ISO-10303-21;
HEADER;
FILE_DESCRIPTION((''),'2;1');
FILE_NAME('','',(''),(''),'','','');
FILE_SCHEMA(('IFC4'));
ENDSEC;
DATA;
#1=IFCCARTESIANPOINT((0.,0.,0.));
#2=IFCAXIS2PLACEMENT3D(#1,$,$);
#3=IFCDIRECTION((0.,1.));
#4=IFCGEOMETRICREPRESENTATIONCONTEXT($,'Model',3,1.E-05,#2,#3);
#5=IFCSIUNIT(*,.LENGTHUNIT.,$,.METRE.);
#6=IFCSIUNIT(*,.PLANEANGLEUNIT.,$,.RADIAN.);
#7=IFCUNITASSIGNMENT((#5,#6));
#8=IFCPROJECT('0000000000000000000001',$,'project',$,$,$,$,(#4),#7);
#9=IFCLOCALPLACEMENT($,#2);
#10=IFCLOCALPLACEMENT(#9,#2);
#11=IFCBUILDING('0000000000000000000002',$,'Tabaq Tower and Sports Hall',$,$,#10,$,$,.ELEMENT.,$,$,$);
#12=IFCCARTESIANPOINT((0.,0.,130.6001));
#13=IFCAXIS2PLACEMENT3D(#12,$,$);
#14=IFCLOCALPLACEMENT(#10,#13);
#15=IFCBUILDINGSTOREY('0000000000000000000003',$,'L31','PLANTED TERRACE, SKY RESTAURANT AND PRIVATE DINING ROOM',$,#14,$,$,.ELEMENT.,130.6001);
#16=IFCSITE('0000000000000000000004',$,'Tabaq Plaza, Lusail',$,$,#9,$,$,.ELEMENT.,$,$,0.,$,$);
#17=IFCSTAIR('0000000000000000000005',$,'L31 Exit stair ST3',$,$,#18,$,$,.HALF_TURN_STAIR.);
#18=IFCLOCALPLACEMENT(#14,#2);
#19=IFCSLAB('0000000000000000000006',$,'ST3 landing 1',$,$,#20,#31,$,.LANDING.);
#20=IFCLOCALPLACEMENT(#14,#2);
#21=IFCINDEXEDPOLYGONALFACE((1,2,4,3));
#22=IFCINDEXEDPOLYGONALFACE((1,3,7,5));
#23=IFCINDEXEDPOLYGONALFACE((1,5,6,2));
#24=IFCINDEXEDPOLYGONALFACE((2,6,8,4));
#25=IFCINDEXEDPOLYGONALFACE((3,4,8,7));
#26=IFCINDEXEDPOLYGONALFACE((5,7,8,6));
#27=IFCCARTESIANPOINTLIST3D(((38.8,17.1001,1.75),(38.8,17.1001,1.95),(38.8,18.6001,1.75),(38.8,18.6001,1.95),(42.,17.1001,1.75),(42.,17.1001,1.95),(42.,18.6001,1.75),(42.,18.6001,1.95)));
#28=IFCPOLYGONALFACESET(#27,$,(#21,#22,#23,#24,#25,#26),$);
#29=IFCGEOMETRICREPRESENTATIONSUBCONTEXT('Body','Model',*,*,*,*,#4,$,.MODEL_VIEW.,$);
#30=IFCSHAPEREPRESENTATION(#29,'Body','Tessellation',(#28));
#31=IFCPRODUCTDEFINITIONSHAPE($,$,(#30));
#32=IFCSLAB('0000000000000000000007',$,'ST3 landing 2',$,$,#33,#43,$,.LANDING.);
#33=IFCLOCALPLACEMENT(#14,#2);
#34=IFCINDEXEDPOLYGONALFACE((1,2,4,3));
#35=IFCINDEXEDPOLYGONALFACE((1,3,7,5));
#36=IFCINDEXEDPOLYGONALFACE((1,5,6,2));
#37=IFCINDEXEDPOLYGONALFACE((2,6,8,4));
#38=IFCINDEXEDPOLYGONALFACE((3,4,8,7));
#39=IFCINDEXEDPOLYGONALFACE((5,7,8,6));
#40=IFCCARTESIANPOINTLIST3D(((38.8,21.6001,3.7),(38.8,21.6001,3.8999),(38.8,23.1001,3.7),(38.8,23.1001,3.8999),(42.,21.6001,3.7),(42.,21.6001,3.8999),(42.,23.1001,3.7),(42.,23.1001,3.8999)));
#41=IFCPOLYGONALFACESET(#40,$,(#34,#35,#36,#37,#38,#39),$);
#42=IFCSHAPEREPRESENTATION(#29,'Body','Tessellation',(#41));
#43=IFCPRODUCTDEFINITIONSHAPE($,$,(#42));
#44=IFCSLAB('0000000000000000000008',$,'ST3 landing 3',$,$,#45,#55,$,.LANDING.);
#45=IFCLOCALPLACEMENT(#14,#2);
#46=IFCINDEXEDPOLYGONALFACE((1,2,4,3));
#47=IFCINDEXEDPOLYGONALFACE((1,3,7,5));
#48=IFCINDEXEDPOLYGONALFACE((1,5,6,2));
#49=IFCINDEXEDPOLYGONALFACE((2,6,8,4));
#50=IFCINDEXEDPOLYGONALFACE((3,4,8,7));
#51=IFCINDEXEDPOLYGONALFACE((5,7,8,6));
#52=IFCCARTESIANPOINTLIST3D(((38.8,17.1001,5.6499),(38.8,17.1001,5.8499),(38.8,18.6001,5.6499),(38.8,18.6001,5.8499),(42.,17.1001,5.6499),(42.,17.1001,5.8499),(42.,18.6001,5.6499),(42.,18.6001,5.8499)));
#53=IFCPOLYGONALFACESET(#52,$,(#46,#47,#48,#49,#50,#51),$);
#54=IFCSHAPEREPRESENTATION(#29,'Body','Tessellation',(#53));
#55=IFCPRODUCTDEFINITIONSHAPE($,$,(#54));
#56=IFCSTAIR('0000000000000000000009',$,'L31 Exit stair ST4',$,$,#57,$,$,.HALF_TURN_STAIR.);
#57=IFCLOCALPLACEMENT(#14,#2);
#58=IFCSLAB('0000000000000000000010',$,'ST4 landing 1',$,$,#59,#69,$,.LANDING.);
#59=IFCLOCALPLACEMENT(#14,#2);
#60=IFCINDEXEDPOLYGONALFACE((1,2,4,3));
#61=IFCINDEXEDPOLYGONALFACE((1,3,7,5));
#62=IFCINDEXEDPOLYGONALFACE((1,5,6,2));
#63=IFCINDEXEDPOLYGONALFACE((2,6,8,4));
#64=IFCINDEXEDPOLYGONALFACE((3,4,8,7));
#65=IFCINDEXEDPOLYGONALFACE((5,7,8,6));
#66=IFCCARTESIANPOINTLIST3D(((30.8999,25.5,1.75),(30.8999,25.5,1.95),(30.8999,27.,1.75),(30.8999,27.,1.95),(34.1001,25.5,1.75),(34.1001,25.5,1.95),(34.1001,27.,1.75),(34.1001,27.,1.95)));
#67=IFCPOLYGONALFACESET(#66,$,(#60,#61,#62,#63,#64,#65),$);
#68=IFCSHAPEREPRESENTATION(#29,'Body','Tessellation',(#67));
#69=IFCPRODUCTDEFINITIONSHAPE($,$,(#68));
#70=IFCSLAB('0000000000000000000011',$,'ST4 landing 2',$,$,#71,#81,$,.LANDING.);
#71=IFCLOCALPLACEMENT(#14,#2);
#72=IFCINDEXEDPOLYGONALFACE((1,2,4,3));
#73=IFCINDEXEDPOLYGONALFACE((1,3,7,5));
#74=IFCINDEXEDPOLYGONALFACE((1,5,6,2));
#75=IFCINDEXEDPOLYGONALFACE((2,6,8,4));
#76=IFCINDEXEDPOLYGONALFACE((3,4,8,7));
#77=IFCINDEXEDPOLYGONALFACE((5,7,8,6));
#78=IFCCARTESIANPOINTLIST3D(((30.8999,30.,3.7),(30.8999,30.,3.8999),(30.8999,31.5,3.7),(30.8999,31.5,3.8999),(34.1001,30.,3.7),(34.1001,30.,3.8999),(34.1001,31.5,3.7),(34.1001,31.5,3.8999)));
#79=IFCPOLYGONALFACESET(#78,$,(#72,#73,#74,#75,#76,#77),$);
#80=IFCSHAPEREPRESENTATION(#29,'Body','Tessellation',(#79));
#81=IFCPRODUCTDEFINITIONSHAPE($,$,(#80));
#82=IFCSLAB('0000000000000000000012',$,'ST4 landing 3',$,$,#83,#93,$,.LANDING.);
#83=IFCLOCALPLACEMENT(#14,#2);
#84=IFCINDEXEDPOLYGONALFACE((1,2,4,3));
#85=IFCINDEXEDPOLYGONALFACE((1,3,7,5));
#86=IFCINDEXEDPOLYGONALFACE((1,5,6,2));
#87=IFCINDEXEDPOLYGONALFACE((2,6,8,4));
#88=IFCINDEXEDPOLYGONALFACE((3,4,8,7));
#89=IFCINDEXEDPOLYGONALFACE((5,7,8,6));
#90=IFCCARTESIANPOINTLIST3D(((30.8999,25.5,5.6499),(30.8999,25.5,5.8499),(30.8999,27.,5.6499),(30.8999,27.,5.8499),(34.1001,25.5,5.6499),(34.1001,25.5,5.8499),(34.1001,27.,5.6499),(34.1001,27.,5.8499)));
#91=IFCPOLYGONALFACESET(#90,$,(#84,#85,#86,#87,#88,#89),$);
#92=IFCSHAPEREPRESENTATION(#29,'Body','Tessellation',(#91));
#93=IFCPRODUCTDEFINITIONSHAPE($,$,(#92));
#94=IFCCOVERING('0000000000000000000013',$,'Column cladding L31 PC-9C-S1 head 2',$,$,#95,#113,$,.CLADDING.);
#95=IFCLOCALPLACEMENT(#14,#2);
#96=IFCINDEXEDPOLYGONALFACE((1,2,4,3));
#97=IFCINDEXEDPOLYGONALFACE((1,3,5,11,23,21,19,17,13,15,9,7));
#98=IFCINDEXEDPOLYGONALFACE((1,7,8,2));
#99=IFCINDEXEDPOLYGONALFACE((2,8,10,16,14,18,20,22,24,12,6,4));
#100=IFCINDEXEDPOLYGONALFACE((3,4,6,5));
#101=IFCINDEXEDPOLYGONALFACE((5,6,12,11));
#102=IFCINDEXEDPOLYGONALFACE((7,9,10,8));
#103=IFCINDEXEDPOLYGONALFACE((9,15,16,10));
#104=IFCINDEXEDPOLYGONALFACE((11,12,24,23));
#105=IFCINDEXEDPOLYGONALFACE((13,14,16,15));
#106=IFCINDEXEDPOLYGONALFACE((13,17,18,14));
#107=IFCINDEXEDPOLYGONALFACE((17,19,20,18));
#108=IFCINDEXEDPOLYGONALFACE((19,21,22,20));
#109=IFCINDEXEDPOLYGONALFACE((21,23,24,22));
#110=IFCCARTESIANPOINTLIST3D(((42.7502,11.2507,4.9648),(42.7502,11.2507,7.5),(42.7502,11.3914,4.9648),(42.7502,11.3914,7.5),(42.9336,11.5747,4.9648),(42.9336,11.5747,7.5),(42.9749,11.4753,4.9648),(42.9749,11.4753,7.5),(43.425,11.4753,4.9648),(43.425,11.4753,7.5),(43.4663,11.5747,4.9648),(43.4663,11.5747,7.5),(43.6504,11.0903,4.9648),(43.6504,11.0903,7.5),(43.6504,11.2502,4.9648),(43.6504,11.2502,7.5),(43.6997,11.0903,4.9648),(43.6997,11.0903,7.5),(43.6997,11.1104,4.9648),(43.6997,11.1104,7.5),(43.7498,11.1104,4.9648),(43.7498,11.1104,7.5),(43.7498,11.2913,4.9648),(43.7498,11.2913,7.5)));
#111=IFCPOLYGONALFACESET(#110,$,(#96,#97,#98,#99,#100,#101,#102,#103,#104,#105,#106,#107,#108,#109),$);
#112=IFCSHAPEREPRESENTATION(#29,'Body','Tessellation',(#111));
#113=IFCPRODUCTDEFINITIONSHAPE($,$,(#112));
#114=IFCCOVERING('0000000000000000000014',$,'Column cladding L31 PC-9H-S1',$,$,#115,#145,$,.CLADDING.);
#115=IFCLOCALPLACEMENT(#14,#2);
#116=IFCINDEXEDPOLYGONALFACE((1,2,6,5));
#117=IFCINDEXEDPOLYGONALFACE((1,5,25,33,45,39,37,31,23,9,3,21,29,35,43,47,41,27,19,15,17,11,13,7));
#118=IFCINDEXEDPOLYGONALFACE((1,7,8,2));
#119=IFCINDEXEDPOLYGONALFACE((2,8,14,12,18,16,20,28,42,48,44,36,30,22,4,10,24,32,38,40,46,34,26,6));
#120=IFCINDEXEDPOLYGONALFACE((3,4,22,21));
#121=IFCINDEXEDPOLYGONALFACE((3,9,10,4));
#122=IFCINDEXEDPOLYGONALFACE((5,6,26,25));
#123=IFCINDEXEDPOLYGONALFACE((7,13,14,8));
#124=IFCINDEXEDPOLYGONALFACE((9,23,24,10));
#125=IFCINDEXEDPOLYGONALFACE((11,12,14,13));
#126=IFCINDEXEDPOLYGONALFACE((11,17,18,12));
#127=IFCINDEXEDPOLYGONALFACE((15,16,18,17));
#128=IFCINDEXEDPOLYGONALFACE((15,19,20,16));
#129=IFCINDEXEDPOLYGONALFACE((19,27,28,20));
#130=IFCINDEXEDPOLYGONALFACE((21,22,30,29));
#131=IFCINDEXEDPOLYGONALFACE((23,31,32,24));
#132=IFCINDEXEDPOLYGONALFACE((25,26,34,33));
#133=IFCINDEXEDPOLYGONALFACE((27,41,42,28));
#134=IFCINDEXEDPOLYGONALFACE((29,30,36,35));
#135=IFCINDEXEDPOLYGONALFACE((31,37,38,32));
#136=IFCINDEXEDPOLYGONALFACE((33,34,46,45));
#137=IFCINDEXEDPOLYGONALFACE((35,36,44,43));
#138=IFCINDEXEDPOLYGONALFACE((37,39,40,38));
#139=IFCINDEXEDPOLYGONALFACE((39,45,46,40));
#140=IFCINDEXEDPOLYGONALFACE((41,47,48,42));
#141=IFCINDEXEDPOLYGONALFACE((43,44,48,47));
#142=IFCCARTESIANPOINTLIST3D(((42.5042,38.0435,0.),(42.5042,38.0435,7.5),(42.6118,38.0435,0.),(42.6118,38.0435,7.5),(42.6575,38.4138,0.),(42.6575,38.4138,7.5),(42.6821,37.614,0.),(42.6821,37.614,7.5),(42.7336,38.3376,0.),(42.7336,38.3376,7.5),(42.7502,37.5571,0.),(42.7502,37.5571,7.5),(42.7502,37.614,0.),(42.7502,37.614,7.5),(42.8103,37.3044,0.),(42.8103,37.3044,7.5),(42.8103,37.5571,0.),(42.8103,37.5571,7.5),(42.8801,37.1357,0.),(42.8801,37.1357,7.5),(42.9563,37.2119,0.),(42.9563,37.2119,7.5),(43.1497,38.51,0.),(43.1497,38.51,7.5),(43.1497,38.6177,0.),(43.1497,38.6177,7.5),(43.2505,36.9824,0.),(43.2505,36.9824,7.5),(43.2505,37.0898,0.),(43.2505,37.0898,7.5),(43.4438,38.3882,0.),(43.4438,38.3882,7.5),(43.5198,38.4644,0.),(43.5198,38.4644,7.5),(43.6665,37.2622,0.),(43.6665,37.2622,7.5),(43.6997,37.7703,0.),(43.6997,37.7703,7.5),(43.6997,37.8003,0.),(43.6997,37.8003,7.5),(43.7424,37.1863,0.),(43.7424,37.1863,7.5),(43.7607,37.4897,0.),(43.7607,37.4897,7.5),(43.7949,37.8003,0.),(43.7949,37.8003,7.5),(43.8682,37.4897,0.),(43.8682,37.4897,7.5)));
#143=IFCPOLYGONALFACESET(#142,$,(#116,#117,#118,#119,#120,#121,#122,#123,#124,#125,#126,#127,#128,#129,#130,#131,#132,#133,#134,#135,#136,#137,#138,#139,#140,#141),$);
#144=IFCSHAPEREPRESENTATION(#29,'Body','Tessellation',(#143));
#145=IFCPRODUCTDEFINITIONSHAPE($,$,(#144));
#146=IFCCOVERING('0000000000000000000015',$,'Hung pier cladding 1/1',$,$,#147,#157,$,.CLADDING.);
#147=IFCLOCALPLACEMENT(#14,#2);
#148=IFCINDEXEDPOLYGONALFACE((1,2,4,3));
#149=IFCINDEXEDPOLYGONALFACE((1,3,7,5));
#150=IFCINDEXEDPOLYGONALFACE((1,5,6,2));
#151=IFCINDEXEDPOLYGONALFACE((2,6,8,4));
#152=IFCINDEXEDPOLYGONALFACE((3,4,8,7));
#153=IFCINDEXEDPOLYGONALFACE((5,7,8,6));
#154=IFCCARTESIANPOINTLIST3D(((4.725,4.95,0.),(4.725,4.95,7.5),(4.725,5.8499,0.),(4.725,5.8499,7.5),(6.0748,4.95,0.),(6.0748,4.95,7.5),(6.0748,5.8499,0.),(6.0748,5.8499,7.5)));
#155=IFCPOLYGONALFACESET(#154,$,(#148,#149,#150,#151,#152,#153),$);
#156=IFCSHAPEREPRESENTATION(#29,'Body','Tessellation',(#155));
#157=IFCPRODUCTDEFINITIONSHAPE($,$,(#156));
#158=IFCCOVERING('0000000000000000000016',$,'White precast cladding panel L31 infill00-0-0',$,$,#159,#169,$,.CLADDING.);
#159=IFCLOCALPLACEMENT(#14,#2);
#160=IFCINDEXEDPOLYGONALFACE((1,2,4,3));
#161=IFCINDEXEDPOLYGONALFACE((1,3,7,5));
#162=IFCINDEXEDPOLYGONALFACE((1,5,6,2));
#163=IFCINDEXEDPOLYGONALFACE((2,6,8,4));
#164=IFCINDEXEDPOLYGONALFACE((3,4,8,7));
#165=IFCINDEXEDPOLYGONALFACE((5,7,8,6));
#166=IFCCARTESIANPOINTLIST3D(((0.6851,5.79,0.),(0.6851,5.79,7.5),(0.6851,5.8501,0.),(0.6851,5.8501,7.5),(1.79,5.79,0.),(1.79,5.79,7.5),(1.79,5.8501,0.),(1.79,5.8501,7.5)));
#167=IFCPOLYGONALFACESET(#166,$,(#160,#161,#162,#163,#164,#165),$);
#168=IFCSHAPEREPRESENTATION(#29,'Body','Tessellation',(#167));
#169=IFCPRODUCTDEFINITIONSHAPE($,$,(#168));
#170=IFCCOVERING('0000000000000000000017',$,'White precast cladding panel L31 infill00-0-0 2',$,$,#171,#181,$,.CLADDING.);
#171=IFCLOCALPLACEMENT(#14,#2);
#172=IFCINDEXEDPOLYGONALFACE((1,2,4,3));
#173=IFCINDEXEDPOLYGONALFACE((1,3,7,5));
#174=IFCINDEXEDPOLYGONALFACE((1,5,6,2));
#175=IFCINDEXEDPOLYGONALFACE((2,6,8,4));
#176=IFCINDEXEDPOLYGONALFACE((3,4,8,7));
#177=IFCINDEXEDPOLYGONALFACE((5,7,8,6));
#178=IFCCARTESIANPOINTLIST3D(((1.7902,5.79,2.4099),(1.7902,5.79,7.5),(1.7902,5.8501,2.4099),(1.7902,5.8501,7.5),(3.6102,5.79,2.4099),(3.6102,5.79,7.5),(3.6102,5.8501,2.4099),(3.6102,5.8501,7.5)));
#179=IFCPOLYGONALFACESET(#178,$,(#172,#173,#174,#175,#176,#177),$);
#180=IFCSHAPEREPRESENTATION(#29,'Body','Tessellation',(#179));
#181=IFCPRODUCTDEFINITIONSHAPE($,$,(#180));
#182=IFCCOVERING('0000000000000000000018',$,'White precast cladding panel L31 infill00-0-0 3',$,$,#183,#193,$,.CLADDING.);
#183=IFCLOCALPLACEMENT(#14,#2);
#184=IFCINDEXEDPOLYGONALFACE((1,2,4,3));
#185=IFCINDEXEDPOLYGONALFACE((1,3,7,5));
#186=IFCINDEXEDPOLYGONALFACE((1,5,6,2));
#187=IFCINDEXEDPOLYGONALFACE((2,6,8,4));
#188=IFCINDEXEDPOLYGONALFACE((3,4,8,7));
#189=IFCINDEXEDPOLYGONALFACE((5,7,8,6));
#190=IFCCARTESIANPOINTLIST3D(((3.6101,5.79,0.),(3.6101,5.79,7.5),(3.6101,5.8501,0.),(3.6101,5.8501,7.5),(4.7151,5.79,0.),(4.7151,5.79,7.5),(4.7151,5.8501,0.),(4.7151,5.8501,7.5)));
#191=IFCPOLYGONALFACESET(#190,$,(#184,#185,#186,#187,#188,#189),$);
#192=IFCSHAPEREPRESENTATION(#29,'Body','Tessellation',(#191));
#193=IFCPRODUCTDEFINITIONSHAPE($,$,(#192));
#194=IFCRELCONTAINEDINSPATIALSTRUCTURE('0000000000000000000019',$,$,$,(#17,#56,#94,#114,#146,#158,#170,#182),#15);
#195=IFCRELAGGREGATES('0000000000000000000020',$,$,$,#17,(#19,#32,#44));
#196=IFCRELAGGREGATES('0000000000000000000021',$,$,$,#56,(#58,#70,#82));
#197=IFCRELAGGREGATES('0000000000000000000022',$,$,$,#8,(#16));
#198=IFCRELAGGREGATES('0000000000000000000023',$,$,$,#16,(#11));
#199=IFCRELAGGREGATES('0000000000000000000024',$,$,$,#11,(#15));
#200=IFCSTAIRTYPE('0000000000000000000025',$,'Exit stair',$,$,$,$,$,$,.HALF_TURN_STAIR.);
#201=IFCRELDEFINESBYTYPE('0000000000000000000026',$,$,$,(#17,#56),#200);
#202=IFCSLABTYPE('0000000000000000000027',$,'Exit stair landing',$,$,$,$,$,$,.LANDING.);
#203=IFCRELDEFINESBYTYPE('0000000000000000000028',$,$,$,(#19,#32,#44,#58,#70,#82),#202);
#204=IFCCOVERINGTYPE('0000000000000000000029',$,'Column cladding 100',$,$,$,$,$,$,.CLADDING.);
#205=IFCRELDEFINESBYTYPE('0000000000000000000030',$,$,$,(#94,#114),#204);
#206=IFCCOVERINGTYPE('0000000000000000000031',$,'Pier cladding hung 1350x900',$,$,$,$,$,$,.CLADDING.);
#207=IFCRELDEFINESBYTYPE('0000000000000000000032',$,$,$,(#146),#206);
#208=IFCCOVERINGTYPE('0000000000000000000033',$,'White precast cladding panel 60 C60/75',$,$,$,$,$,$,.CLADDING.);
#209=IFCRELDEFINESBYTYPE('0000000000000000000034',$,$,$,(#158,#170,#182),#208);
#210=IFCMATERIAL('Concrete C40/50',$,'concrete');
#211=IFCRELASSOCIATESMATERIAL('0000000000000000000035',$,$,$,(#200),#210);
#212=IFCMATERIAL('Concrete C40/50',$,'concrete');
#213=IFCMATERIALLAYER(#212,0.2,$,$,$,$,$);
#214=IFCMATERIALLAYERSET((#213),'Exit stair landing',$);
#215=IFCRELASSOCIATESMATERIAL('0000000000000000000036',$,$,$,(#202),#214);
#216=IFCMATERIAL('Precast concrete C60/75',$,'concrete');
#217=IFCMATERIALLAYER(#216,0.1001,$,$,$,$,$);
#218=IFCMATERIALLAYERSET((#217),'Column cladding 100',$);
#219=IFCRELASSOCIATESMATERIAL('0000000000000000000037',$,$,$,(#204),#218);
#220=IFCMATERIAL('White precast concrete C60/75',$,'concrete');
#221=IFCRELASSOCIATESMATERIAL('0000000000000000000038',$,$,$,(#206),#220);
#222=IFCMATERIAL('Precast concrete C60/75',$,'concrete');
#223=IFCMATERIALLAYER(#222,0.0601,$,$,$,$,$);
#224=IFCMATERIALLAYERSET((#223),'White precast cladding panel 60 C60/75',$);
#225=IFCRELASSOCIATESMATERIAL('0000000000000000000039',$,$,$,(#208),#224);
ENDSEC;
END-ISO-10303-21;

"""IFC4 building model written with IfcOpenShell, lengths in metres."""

from ifc_helpers import new_model, si_unit, direction, frame, frame_2d, origin, place, context, subcontext, project, spatial, polyline, rectangle, outline, extrude, material, layer, layer_set, type_object, element, aggregate, save


model = new_model("IFC4")

# Units and contexts
model_context = context("Model", 3, precision=1e-05, world=origin(), true_north=direction((0.0, 1.0)))
body_context = subcontext(model_context, "Body", "Model", "MODEL_VIEW")
ifc_project = project(units=[si_unit("LENGTHUNIT", "METRE"), si_unit("PLANEANGLEUNIT", "RADIAN")], contexts=[model_context])

# Site, building, storey
site_placement = place(None, origin())
site = spatial("IfcSite", under=ifc_project, at=site_placement, Name="Tabaq Plaza, Lusail", CompositionType="ELEMENT", RefElevation=0.0)
building_placement = place(site_placement, origin())
building = spatial("IfcBuilding", under=site, at=building_placement, Name="Tabaq Tower and Sports Hall", CompositionType="ELEMENT")
storey_placement = place(building_placement, frame((0.0, 0.0, 130.6001)))
storey = spatial("IfcBuildingStorey", under=building, at=storey_placement, Name="L31", Description="PLANTED TERRACE, SKY RESTAURANT AND PRIVATE DINING ROOM", CompositionType="ELEMENT", Elevation=130.6001)

# Stairs, slabs
ifc_material_1 = material(Name="Concrete C40/50", Category="concrete")
stair_type = type_object("IfcStairType", Name="Exit stair", PredefinedType="HALF_TURN_STAIR", material=ifc_material_1)
ifc_material_2 = material(Name="Concrete C40/50", Category="concrete")
ifc_layer_1 = layer(ifc_material_2, 0.2)
ifc_layer_set_1 = layer_set([ifc_layer_1], Name="Exit stair landing")
slab_type = type_object("IfcSlabType", Name="Exit stair landing", PredefinedType="LANDING", material=ifc_layer_set_1)
stair_1_placement = place(storey_placement, origin())
stair_1 = element("IfcStair", 1, at=stair_1_placement, inside=storey, type_object=stair_type, Name="L31 Exit stair ST3", PredefinedType="HALF_TURN_STAIR")
slab_1_placement = place(storey_placement, frame((0.0, 0.0, 1.75)))
slab_1 = element("IfcSlab", 2, at=slab_1_placement, type_object=slab_type, Name="ST3 landing 1", PredefinedType="LANDING", context=body_context, shape_type="SweptSolid", body=[
    extrude(outline(polyline([(38.8, 18.6001), (38.8, 17.1001), (42.0, 17.1001), (42.0, 18.6001), (38.8, 18.6001)])), origin(), (0.0, 0.0, 1.0), 0.2),
])
slab_2_placement = place(storey_placement, frame((0.0, 0.0, 3.7)))
slab_2 = element("IfcSlab", 3, at=slab_2_placement, type_object=slab_type, Name="ST3 landing 2", PredefinedType="LANDING", context=body_context, shape_type="SweptSolid", body=[
    extrude(outline(polyline([(38.8, 23.1001), (38.8, 21.6001), (42.0, 21.6001), (42.0, 23.1001), (38.8, 23.1001)])), origin(), (0.0, 0.0, 1.0), 0.2),
])
slab_3_placement = place(storey_placement, frame((0.0, 0.0, 5.6499)))
slab_3 = element("IfcSlab", 4, at=slab_3_placement, type_object=slab_type, Name="ST3 landing 3", PredefinedType="LANDING", context=body_context, shape_type="SweptSolid", body=[
    extrude(outline(polyline([(38.8, 18.6001), (38.8, 17.1001), (42.0, 17.1001), (42.0, 18.6001), (38.8, 18.6001)])), origin(), (0.0, 0.0, 1.0), 0.2),
])
aggregate(stair_1, [slab_1, slab_2, slab_3])
stair_2_placement = place(storey_placement, origin())
stair_2 = element("IfcStair", 5, at=stair_2_placement, inside=storey, type_object=stair_type, Name="L31 Exit stair ST4", PredefinedType="HALF_TURN_STAIR")
slab_4_placement = place(storey_placement, frame((0.0, 0.0, 1.75)))
slab_4 = element("IfcSlab", 6, at=slab_4_placement, type_object=slab_type, Name="ST4 landing 1", PredefinedType="LANDING", context=body_context, shape_type="SweptSolid", body=[
    extrude(outline(polyline([(30.8999, 27.0), (30.8999, 25.5), (34.1001, 25.5), (34.1001, 27.0), (30.8999, 27.0)])), origin(), (0.0, 0.0, 1.0), 0.2),
])
slab_5_placement = place(storey_placement, frame((0.0, 0.0, 3.7)))
slab_5 = element("IfcSlab", 7, at=slab_5_placement, type_object=slab_type, Name="ST4 landing 2", PredefinedType="LANDING", context=body_context, shape_type="SweptSolid", body=[
    extrude(outline(polyline([(30.8999, 31.5), (30.8999, 30.0), (34.1001, 30.0), (34.1001, 31.5), (30.8999, 31.5)])), origin(), (0.0, 0.0, 1.0), 0.2),
])
slab_6_placement = place(storey_placement, frame((0.0, 0.0, 5.6499)))
slab_6 = element("IfcSlab", 8, at=slab_6_placement, type_object=slab_type, Name="ST4 landing 3", PredefinedType="LANDING", context=body_context, shape_type="SweptSolid", body=[
    extrude(outline(polyline([(30.8999, 27.0), (30.8999, 25.5), (34.1001, 25.5), (34.1001, 27.0), (30.8999, 27.0)])), origin(), (0.0, 0.0, 1.0), 0.2),
])
aggregate(stair_2, [slab_4, slab_5, slab_6])

# Coverings
ifc_material_3 = material(Name="Precast concrete C60/75", Category="concrete")
ifc_layer_2 = layer(ifc_material_3, 0.1001)
ifc_layer_set_2 = layer_set([ifc_layer_2], Name="Column cladding 100")
covering_type_1 = type_object("IfcCoveringType", Name="Column cladding 100", PredefinedType="CLADDING", material=ifc_layer_set_2)
covering_1_placement = place(storey_placement, frame((0.0, 0.0, 4.9648)))
element("IfcCovering", 9, at=covering_1_placement, inside=storey, type_object=covering_type_1, Name="Column cladding L31 PC-9C-S1 head 2", PredefinedType="CLADDING", context=body_context, shape_type="SweptSolid", body=[
    extrude(outline(polyline([(43.4663, 11.5747), (43.7498, 11.2913), (43.7498, 11.1104), (43.6997, 11.1104), (43.6997, 11.0903), (43.6504, 11.0903), (43.6504, 11.2502), (43.425, 11.4753), (42.9749, 11.4753), (42.7502, 11.2507), (42.7502, 11.3914), (42.9336, 11.5747), (43.4663, 11.5747)])), origin(), (0.0, 0.0, 1.0), 2.5352),
])
covering_2_placement = place(storey_placement, origin())
element("IfcCovering", 10, at=covering_2_placement, inside=storey, type_object=covering_type_1, Name="Column cladding L31 PC-9H-S1", PredefinedType="CLADDING", context=body_context, shape_type="SweptSolid", body=[
    extrude(outline(polyline([(43.2505, 36.9824), (42.8801, 37.1357), (42.8103, 37.3044), (42.8103, 37.5571), (42.7502, 37.5571), (42.7502, 37.614), (42.6821, 37.614), (42.5042, 38.0435), (42.6575, 38.4138), (43.1497, 38.6177), (43.5198, 38.4644), (43.7949, 37.8003), (43.6997, 37.8003), (43.6997, 37.7703), (43.4438, 38.3882), (43.1497, 38.51), (42.7336, 38.3376), (42.6118, 38.0435), (42.9563, 37.2119), (43.2505, 37.0898), (43.6665, 37.2622), (43.7607, 37.4897), (43.8682, 37.4897), (43.7424, 37.1863), (43.2505, 36.9824)])), origin(), (0.0, 0.0, 1.0), 7.5),
])
ifc_material_4 = material(Name="White precast concrete C60/75", Category="concrete")
covering_type_2 = type_object("IfcCoveringType", Name="Pier cladding hung 1350x900", PredefinedType="CLADDING", material=ifc_material_4)
covering_3_placement = place(storey_placement, frame((4.7251, 5.3999, 0.0), z_axis=(0.0, 0.0, 1.0), x_axis=(1.0, 0.0, 0.0)))
element("IfcCovering", 11, at=covering_3_placement, inside=storey, type_object=covering_type_2, Name="Hung pier cladding 1/1", PredefinedType="CLADDING", context=body_context, shape_type="SweptSolid", body=[
    extrude(rectangle(XDim=1.3499, YDim=0.8999, at=frame_2d((0.6748, 0.0))), origin(), (0.0, 0.0, 1.0), 7.5),
])
ifc_material_5 = material(Name="Precast concrete C60/75", Category="concrete")
ifc_layer_3 = layer(ifc_material_5, 0.0601)
ifc_layer_set_3 = layer_set([ifc_layer_3], Name="White precast cladding panel 60 C60/75")
covering_type_3 = type_object("IfcCoveringType", Name="White precast cladding panel 60 C60/75", PredefinedType="CLADDING", material=ifc_layer_set_3)
covering_4_placement = place(storey_placement, frame((0.6851, 5.8201, 0.0), z_axis=(0.0, 0.0, 1.0), x_axis=(1.0, 0.0, 0.0)))
element("IfcCovering", 12, at=covering_4_placement, inside=storey, type_object=covering_type_3, Name="White precast cladding panel L31 infill00-0-0", PredefinedType="CLADDING", context=body_context, shape_type="SweptSolid", body=[
    extrude(rectangle(XDim=1.105, YDim=0.0601, at=frame_2d((0.5525, 0.0))), origin(), (0.0, 0.0, 1.0), 7.5),
])
covering_5_placement = place(storey_placement, frame((1.79, 5.8201, 2.4099), z_axis=(0.0, 0.0, 1.0), x_axis=(1.0, 0.0, 0.0)))
element("IfcCovering", 13, at=covering_5_placement, inside=storey, type_object=covering_type_3, Name="White precast cladding panel L31 infill00-0-0 2", PredefinedType="CLADDING", context=body_context, shape_type="SweptSolid", body=[
    extrude(rectangle(XDim=1.8201, YDim=0.0601, at=frame_2d((0.9102, 0.0))), origin(), (0.0, 0.0, 1.0), 5.0901),
])
for number, where, z_axis, x_axis, name in (
    (14, (3.6101, 5.8201, 0.0), (0.0, 0.0, 1.0), (1.0, 0.0, 0.0), "White precast cladding panel L31 infill00-0-0 3"),
):
    element("IfcCovering", number, at=place(storey_placement, frame(where, z_axis=z_axis, x_axis=x_axis)), inside=storey, type_object=covering_type_3, Name=name, PredefinedType="CLADDING", context=body_context, shape_type="SweptSolid", body=[
        extrude(rectangle(XDim=1.105, YDim=0.0601, at=frame_2d((0.5525, 0.0))), origin(), (0.0, 0.0, 1.0), 7.5),
    ])

save(model, "model.ifc")
